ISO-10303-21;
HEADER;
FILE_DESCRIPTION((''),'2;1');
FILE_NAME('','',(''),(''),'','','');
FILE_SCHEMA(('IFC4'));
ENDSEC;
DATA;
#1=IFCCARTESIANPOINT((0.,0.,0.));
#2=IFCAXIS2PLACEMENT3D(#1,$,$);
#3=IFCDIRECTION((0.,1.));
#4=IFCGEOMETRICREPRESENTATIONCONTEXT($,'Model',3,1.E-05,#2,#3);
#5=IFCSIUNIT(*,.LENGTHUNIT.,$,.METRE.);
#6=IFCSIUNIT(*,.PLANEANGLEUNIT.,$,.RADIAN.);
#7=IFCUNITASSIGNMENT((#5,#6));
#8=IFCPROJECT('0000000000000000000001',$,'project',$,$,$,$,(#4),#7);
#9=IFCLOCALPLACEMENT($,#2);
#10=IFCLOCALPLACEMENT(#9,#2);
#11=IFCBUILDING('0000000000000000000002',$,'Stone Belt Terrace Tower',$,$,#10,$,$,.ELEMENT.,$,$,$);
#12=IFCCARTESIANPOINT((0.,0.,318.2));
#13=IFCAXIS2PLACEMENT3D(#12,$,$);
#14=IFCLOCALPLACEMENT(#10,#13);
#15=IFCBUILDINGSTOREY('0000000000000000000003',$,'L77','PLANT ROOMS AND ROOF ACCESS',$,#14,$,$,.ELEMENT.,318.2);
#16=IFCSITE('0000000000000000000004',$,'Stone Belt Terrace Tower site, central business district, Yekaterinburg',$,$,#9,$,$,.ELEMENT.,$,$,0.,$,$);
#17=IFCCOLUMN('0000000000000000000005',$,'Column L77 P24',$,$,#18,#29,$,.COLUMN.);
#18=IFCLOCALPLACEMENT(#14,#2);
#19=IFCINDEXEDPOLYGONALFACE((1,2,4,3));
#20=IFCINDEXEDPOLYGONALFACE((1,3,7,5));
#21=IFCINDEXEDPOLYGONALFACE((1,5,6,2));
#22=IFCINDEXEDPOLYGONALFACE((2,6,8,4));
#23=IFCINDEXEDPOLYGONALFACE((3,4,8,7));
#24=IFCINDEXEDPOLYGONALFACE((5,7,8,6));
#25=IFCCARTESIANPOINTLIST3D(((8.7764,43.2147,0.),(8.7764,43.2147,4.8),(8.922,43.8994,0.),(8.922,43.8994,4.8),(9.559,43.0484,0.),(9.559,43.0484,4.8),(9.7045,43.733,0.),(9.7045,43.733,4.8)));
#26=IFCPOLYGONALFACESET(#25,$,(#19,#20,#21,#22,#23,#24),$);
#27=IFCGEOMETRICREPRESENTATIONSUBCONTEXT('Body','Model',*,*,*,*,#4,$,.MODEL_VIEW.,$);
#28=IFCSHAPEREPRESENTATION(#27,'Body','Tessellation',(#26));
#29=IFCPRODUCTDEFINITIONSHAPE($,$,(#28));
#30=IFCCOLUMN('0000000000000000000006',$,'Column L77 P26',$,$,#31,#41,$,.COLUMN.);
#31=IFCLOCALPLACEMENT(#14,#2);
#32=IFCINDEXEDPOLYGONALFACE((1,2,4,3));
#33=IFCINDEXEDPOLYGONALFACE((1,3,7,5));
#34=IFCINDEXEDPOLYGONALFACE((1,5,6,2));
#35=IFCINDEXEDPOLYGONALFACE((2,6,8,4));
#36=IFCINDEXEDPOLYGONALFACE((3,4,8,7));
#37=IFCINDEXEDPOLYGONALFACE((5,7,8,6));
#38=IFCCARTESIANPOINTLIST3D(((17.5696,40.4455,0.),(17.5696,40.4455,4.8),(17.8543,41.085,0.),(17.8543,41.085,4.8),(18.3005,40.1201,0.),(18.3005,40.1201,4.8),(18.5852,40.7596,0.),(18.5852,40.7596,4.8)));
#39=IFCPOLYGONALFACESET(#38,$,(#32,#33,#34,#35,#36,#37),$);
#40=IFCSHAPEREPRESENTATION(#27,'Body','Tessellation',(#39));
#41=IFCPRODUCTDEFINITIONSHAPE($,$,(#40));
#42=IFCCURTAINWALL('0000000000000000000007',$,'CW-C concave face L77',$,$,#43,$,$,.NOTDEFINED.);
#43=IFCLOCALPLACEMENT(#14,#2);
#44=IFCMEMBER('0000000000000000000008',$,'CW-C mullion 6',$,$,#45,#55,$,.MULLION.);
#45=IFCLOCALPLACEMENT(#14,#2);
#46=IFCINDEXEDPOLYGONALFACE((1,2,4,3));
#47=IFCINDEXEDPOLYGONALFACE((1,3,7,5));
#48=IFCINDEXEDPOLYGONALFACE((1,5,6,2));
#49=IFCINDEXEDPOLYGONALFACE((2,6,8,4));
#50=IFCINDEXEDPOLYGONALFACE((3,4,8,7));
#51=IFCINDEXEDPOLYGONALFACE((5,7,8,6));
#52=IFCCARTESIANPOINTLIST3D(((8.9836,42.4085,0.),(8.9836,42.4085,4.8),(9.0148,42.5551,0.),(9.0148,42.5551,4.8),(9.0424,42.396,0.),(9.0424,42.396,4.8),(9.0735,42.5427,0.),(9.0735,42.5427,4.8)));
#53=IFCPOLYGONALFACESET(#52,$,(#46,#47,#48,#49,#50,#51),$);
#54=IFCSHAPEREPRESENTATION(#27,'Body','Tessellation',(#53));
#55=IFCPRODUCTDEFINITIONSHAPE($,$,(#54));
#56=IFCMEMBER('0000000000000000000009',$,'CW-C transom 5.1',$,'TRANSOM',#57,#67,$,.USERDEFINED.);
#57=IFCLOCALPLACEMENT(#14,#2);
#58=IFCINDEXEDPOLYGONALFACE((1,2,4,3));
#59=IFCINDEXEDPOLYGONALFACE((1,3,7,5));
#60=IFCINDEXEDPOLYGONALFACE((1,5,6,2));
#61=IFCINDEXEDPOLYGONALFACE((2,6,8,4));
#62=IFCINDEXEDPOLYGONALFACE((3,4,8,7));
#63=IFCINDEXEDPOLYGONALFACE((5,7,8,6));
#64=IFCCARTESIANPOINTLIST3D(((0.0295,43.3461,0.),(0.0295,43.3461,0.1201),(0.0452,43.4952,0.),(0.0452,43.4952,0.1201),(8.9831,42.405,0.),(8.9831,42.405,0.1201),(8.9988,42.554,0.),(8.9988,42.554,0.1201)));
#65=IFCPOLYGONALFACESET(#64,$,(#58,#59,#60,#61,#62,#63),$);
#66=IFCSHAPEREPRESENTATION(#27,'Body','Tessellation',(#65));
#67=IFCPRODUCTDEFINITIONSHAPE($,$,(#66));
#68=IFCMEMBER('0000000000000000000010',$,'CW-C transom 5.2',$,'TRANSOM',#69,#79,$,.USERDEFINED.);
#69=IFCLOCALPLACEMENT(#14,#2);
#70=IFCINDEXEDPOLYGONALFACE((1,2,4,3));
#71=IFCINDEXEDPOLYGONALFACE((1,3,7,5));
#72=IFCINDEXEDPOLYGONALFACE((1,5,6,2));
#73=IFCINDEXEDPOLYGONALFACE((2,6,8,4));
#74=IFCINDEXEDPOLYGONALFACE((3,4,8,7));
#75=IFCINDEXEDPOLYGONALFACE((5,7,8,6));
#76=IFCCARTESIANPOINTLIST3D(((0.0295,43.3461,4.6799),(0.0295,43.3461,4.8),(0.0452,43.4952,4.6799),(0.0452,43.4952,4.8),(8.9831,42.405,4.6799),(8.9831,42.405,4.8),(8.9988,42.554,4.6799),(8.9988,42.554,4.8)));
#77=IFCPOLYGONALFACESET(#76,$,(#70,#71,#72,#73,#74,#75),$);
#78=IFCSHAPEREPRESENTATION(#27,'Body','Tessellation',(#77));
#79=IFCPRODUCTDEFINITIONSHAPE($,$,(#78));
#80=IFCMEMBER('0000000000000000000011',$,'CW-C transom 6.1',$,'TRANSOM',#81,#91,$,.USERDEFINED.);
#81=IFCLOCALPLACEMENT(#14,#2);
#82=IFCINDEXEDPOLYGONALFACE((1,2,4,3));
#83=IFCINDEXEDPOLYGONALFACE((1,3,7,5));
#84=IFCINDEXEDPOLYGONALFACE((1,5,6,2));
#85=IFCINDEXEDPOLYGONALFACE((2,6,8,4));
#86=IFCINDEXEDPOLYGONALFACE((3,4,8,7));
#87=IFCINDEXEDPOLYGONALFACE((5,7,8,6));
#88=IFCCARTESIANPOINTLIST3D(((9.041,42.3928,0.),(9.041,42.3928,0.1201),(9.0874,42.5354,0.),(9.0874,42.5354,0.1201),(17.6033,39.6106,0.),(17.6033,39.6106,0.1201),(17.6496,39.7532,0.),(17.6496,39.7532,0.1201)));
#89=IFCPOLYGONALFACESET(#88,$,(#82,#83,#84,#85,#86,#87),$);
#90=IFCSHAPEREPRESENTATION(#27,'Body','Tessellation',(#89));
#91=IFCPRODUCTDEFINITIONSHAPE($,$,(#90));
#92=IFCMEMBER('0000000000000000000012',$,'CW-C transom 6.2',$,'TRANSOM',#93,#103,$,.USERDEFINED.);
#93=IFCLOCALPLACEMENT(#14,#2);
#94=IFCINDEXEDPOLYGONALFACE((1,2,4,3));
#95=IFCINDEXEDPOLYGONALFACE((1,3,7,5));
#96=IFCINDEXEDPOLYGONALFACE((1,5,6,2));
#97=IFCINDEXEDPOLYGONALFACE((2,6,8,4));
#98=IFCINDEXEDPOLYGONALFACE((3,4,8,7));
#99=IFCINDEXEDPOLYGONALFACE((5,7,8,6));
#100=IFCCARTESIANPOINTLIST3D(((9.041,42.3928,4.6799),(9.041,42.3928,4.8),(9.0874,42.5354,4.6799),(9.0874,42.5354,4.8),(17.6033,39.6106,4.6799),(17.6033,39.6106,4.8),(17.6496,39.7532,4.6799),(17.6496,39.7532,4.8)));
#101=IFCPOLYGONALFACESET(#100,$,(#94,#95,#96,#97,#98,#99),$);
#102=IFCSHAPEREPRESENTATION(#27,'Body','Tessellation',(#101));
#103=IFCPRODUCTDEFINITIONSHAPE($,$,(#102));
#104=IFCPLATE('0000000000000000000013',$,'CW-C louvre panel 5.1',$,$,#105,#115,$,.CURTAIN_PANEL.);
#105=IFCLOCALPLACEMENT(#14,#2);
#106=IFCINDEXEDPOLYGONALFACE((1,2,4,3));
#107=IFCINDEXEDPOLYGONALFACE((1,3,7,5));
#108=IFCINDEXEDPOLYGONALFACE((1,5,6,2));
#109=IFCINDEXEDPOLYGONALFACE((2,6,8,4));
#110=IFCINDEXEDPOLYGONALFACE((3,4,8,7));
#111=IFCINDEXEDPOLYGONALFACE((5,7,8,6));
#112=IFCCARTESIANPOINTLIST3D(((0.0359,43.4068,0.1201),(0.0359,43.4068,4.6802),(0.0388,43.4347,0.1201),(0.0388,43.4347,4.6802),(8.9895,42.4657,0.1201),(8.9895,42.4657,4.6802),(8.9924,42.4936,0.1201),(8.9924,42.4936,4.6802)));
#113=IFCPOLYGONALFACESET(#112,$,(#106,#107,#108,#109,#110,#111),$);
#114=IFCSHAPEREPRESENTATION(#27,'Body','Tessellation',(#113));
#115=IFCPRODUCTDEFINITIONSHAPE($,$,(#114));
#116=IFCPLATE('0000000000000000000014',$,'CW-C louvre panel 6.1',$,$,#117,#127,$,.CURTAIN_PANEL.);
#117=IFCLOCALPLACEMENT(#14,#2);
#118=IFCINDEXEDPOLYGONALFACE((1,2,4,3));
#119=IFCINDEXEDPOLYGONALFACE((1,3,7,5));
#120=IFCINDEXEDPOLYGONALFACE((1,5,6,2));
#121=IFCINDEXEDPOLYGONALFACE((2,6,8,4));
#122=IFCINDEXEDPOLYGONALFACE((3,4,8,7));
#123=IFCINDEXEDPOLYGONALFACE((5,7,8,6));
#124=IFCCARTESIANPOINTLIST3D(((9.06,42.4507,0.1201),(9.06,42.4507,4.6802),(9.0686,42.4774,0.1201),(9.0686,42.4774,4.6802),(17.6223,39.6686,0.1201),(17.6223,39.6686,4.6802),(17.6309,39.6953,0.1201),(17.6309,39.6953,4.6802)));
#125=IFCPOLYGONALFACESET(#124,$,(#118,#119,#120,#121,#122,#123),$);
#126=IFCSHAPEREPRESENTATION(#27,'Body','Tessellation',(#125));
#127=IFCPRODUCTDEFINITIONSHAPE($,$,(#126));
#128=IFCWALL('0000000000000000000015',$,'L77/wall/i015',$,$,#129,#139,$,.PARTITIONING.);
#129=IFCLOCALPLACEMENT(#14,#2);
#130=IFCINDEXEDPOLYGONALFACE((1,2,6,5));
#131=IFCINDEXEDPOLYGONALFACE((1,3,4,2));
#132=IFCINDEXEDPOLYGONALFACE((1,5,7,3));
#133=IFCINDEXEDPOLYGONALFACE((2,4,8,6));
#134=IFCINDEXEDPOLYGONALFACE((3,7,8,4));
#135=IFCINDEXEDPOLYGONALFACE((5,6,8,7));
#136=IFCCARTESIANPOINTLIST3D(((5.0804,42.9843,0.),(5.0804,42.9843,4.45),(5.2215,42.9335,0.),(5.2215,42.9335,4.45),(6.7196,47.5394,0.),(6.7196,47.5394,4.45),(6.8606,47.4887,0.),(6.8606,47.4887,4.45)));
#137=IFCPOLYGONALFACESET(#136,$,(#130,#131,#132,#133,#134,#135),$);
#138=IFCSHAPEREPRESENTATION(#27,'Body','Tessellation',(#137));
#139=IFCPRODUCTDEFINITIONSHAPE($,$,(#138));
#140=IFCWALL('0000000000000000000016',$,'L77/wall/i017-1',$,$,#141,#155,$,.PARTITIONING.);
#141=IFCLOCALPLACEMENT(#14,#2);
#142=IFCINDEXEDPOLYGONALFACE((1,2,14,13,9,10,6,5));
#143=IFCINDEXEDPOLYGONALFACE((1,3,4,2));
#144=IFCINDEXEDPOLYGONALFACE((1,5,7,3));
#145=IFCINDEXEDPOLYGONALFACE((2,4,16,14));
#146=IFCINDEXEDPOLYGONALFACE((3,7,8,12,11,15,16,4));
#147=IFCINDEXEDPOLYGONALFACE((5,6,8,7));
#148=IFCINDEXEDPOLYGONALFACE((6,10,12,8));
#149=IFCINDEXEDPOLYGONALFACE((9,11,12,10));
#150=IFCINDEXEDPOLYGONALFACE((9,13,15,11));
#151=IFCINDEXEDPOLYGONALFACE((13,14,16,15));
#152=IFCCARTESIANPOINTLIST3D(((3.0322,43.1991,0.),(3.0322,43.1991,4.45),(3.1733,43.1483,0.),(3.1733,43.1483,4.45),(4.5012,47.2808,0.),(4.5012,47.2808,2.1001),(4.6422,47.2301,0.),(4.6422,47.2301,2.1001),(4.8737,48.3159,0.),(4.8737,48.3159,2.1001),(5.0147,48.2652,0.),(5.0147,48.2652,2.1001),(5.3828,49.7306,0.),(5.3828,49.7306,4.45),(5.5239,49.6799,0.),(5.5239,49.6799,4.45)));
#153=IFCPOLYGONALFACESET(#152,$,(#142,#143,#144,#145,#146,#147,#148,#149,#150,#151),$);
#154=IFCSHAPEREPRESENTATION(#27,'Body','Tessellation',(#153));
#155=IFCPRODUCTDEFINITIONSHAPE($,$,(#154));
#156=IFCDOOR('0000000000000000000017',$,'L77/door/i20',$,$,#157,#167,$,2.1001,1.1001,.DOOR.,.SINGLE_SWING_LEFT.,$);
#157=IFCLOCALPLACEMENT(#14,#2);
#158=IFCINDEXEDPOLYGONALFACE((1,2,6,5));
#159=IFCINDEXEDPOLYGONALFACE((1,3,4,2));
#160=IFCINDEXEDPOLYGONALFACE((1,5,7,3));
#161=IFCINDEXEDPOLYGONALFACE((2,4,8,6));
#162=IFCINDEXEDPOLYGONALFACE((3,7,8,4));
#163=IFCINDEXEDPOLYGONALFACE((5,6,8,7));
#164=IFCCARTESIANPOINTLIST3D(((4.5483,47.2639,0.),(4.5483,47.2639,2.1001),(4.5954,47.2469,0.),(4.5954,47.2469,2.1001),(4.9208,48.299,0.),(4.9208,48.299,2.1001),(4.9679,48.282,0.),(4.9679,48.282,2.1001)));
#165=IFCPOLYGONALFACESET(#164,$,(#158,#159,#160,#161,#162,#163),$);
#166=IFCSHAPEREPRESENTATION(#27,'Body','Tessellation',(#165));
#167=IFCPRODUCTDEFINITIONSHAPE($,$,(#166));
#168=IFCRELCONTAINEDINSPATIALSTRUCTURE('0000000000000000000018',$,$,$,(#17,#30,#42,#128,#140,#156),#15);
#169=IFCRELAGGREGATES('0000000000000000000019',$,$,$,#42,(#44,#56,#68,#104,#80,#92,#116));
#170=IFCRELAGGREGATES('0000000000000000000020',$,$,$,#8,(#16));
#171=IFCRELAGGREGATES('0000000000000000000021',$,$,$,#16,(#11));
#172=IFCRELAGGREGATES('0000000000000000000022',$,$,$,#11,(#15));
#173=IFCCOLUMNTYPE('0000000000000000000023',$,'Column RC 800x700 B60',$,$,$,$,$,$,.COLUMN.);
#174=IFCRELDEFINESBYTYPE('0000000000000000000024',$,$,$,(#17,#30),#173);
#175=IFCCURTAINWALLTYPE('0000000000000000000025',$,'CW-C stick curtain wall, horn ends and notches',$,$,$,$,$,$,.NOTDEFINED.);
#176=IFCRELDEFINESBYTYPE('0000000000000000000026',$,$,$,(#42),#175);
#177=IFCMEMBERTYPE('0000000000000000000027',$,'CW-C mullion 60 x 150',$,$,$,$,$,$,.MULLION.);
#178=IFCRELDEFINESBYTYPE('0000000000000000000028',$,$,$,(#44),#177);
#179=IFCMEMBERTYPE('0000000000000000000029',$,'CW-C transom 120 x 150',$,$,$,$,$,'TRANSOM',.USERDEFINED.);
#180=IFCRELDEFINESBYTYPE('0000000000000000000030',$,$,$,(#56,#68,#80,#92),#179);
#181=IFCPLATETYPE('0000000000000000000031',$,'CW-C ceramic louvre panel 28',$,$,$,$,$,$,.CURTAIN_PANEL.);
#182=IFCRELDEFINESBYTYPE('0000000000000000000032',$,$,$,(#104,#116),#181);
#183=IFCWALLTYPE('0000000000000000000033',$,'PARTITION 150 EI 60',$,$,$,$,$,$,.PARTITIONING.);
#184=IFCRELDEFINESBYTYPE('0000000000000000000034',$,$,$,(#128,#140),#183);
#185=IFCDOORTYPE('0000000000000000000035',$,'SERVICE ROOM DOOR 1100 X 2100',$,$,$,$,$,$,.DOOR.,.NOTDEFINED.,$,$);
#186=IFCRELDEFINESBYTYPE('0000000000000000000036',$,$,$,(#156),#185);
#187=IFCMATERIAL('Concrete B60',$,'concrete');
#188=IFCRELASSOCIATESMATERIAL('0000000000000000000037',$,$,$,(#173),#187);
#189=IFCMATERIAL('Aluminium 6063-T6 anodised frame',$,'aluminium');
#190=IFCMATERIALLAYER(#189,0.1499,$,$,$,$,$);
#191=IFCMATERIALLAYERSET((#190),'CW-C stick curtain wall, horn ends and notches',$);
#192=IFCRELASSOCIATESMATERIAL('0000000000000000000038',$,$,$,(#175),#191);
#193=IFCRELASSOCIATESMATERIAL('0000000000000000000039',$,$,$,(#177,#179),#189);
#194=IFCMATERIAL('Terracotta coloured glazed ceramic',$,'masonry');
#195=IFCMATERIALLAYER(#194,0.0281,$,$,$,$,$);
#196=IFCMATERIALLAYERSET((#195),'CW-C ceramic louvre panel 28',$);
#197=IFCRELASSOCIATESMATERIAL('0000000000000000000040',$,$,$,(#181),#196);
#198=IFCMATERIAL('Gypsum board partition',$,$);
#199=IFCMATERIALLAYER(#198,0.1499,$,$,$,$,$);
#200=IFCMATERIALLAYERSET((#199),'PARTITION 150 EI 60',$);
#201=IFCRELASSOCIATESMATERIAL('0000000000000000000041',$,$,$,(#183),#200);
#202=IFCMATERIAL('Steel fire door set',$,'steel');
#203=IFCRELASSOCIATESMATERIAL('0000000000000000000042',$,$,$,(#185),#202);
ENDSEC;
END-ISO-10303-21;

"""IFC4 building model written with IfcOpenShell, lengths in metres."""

from ifc_helpers import new_model, si_unit, direction, frame, frame_2d, origin, origin_2d, place, context, subcontext, project, spatial, rectangle, extrude, material, layer, layer_set, material_profile, profile_set, type_object, element, fill, aggregate, save


model = new_model("IFC4")

# Units and contexts
model_context = context("Model", 3, precision=1e-05, world=origin(), true_north=direction((0.0, 1.0)))
body_context = subcontext(model_context, "Body", "Model", "MODEL_VIEW")
ifc_project = project(units=[si_unit("LENGTHUNIT", "METRE"), si_unit("PLANEANGLEUNIT", "RADIAN")], contexts=[model_context])

# Site, building, storey
site_placement = place(None, origin())
site = spatial("IfcSite", under=ifc_project, at=site_placement, Name="Stone Belt Terrace Tower site, central business district, Yekaterinburg", CompositionType="ELEMENT", RefElevation=0.0)
building_placement = place(site_placement, origin())
building = spatial("IfcBuilding", under=site, at=building_placement, Name="Stone Belt Terrace Tower", CompositionType="ELEMENT")
storey_placement = place(building_placement, frame((0.0, 0.0, 318.2)))
storey = spatial("IfcBuildingStorey", under=building, at=storey_placement, Name="L77", Description="PLANT ROOMS AND ROOF ACCESS", CompositionType="ELEMENT", Elevation=318.2)

# Columns
ifc_material_1 = material(Name="Concrete B60", Category="concrete")
ifc_material_profile_1 = material_profile(ifc_material_1, rectangle(XDim=0.8, YDim=0.7, at=origin_2d()), Name="RC 800x700")
ifc_profile_set_1 = profile_set([ifc_material_profile_1], Name="Concrete B60")
column_type = type_object("IfcColumnType", Name="Column RC 800x700 B60", PredefinedType="COLUMN", material=ifc_profile_set_1)
for number, where, z_axis, x_axis, name in (
    (1, (9.2405, 43.4739, 0.0), (0.0, 0.0, 1.0), (0.978148, -0.207912, 0.0), "Column L77 P24"),
    (2, (18.0774, 40.6025, 0.0), (0.0, 0.0, 1.0), (0.913545, -0.406737, 0.0), "Column L77 P26"),
):
    element("IfcColumn", number, at=place(storey_placement, frame(where, z_axis=z_axis, x_axis=x_axis)), inside=storey, type_object=column_type, Name=name, PredefinedType="COLUMN", context=body_context, shape_type="SweptSolid", body=[
        extrude(rectangle(XDim=0.8, YDim=0.7, at=origin_2d()), origin(), (0.0, 0.0, 1.0), 4.8),
    ])

# Curtain wall, members, plates
ifc_material_2 = material(Name="Aluminium 6063-T6 anodised frame", Category="aluminium")
ifc_layer_1 = layer(ifc_material_2, 0.1499)
ifc_layer_set_1 = layer_set([ifc_layer_1], Name="CW-C stick curtain wall, horn ends and notches")
curtain_wall_type = type_object("IfcCurtainWallType", Name="CW-C stick curtain wall, horn ends and notches", PredefinedType="NOTDEFINED", material=ifc_layer_set_1)
curtain_wall_placement = place(storey_placement, origin())
curtain_wall = element("IfcCurtainWall", 3, at=curtain_wall_placement, inside=storey, type_object=curtain_wall_type, Name="CW-C concave face L77", PredefinedType="NOTDEFINED")
ifc_material_profile_2 = material_profile(ifc_material_2, rectangle(XDim=0.1499, YDim=0.0601, at=origin_2d()), Name="Aluminium 6063-T6 60x150")
ifc_profile_set_2 = profile_set([ifc_material_profile_2], Name="Aluminium 6063-T6 anodised frame")
member_type_1 = type_object("IfcMemberType", Name="CW-C mullion 60 x 150", PredefinedType="MULLION", material=ifc_profile_set_2)
member_1_placement = place(storey_placement, frame((9.0286, 42.4756, 0.0), z_axis=(0.0, 0.0, 1.0), x_axis=(0.207912, 0.978148, 0.0)))
member_1 = element("IfcMember", 4, at=member_1_placement, type_object=member_type_1, Name="CW-C mullion 6", PredefinedType="MULLION", context=body_context, shape_type="SweptSolid", body=[
    extrude(rectangle(XDim=0.1499, YDim=0.0601, at=origin_2d()), origin(), (0.0, 0.0, 1.0), 4.8),
])
ifc_material_profile_3 = material_profile(ifc_material_2, rectangle(XDim=0.1499, YDim=0.1201, at=origin_2d()), Name="Aluminium 6063-T6 150x120")
ifc_profile_set_3 = profile_set([ifc_material_profile_3], Name="Aluminium 6063-T6 anodised frame")
member_type_2 = type_object("IfcMemberType", Name="CW-C transom 120 x 150", ElementType="TRANSOM", PredefinedType="USERDEFINED", material=ifc_profile_set_3)
member_2_placement = place(storey_placement, frame((0.0374, 43.4207, 0.0601), z_axis=(0.994521, -0.104539, 0.0), x_axis=(0.104539, 0.994521, 0.0)))
member_2 = element("IfcMember", 5, at=member_2_placement, type_object=member_type_2, Name="CW-C transom 5.1", ObjectType="TRANSOM", PredefinedType="USERDEFINED", context=body_context, shape_type="SweptSolid", body=[
    extrude(rectangle(XDim=0.1499, YDim=0.1201, at=origin_2d()), origin(), (0.0, 0.0, 1.0), 9.0029),
])
member_3_placement = place(storey_placement, frame((0.0374, 43.4207, 4.74), z_axis=(0.994521, -0.104539, 0.0), x_axis=(0.104539, 0.994521, 0.0)))
member_3 = element("IfcMember", 6, at=member_3_placement, type_object=member_type_2, Name="CW-C transom 5.2", ObjectType="TRANSOM", PredefinedType="USERDEFINED", context=body_context, shape_type="SweptSolid", body=[
    extrude(rectangle(XDim=0.1499, YDim=0.1201, at=origin_2d()), origin(), (0.0, 0.0, 1.0), 9.0029),
])
member_4_placement = place(storey_placement, frame((9.0642, 42.4641, 0.0601), z_axis=(0.951051, -0.309035, 0.0), x_axis=(0.309035, 0.951051, 0.0)))
member_4 = element("IfcMember", 7, at=member_4_placement, type_object=member_type_2, Name="CW-C transom 6.1", ObjectType="TRANSOM", PredefinedType="USERDEFINED", context=body_context, shape_type="SweptSolid", body=[
    extrude(rectangle(XDim=0.1499, YDim=0.1201, at=origin_2d()), origin(), (0.0, 0.0, 1.0), 9.0029),
])
member_5_placement = place(storey_placement, frame((9.0642, 42.4641, 4.74), z_axis=(0.951051, -0.309035, 0.0), x_axis=(0.309035, 0.951051, 0.0)))
member_5 = element("IfcMember", 8, at=member_5_placement, type_object=member_type_2, Name="CW-C transom 6.2", ObjectType="TRANSOM", PredefinedType="USERDEFINED", context=body_context, shape_type="SweptSolid", body=[
    extrude(rectangle(XDim=0.1499, YDim=0.1201, at=origin_2d()), origin(), (0.0, 0.0, 1.0), 9.0029),
])
ifc_material_3 = material(Name="Terracotta coloured glazed ceramic", Category="masonry")
ifc_layer_2 = layer(ifc_material_3, 0.0281)
ifc_layer_set_2 = layer_set([ifc_layer_2], Name="CW-C ceramic louvre panel 28")
plate_type = type_object("IfcPlateType", Name="CW-C ceramic louvre panel 28", PredefinedType="CURTAIN_PANEL", material=ifc_layer_set_2)
plate_1_placement = place(storey_placement, frame((4.5142, 42.9502, 0.1201), z_axis=(0.0, 0.0, 1.0), x_axis=(0.994522, -0.104528, 0.0)))
plate_1 = element("IfcPlate", 9, at=plate_1_placement, type_object=plate_type, Name="CW-C louvre panel 5.1", PredefinedType="CURTAIN_PANEL", context=body_context, shape_type="SweptSolid", body=[
    extrude(rectangle(XDim=9.0029, YDim=0.0281, at=origin_2d()), origin(), (0.0, 0.0, 1.0), 4.5601),
])
plate_2_placement = place(storey_placement, frame((13.3455, 41.073, 0.1201), z_axis=(0.0, 0.0, 1.0), x_axis=(0.951057, -0.309017, 0.0)))
plate_2 = element("IfcPlate", 10, at=plate_2_placement, type_object=plate_type, Name="CW-C louvre panel 6.1", PredefinedType="CURTAIN_PANEL", context=body_context, shape_type="SweptSolid", body=[
    extrude(rectangle(XDim=9.0029, YDim=0.0281, at=origin_2d()), origin(), (0.0, 0.0, 1.0), 4.5601),
])
aggregate(curtain_wall, [member_1, member_2, member_3, plate_1, member_4, member_5, plate_2])

# Wall
ifc_material_4 = material(Name="Gypsum board partition")
ifc_layer_3 = layer(ifc_material_4, 0.1499)
ifc_layer_set_3 = layer_set([ifc_layer_3], Name="PARTITION 150 EI 60")
wall_type_1 = type_object("IfcWallType", Name="PARTITION 150 EI 60", PredefinedType="PARTITIONING", material=ifc_layer_set_3)
wall_1_placement = place(storey_placement, frame((6.79, 47.5139, 0.0), z_axis=(0.0, 0.0, 1.0), x_axis=(-0.338591, -0.940934, 0.0)))
element("IfcWall", 11, at=wall_1_placement, inside=storey, type_object=wall_type_1, Name="L77/wall/i015", PredefinedType="PARTITIONING", context=body_context, shape_type="SweptSolid", body=[
    extrude(rectangle(XDim=4.8411, YDim=0.1499, at=frame_2d((2.4204, 0.0))), origin(), (0.0, 0.0, 1.0), 4.45),
])

# Wall, opening, door
wall_2_placement = place(storey_placement, frame((3.1028, 43.1738, 0.0), z_axis=(0.0, 0.0, 1.0), x_axis=(0.338624, 0.940922, 0.0)))
wall_2 = element("IfcWall", 12, at=wall_2_placement, inside=storey, type_object=wall_type_1, Name="L77/wall/i017-1", PredefinedType="PARTITIONING", context=body_context, shape_type="SweptSolid", body=[
    extrude(rectangle(XDim=6.9417, YDim=0.1499, at=frame_2d((3.4707, 0.0))), origin(), (0.0, 0.0, 1.0), 4.45),
])
opening_1_placement = place(wall_2_placement, frame((4.3379, 0.0, 0.0)))
opening_1 = element("IfcOpeningElement", 13, at=opening_1_placement, cuts=wall_2, PredefinedType="OPENING", context=body_context, shape_type="SweptSolid", body=[
    extrude(rectangle(XDim=1.1001, YDim=2.1001, at=frame_2d((0.55, 1.05))), frame((0.0, 0.085, 0.0), z_axis=(0.0, -1.0, 0.0), x_axis=(1.0, 0.0, 0.0)), (0.0, 0.0, 1.0), 0.1699),
])
ifc_material_5 = material(Name="Steel fire door set", Category="steel")
door_type_1 = type_object("IfcDoorType", Name="SERVICE ROOM DOOR 1100 X 2100", OperationType="NOTDEFINED", PredefinedType="DOOR", material=ifc_material_5)
door_1_placement = place(opening_1_placement, origin())
door_1 = element("IfcDoor", 14, at=door_1_placement, inside=storey, type_object=door_type_1, Name="L77/door/i20", OperationType="SINGLE_SWING_LEFT", OverallHeight=2.1001, OverallWidth=1.1001, PredefinedType="DOOR", context=body_context, shape_type="SweptSolid", body=[
    extrude(rectangle(XDim=1.1001, YDim=2.1001, at=frame_2d((0.55, 1.05))), frame((0.0, 0.0249, 0.0), z_axis=(0.0, -1.0, 0.0), x_axis=(1.0, 0.0, 0.0)), (0.0, 0.0, 1.0), 0.05),
])
fill(opening_1, door_1)

save(model, "model.ifc")
